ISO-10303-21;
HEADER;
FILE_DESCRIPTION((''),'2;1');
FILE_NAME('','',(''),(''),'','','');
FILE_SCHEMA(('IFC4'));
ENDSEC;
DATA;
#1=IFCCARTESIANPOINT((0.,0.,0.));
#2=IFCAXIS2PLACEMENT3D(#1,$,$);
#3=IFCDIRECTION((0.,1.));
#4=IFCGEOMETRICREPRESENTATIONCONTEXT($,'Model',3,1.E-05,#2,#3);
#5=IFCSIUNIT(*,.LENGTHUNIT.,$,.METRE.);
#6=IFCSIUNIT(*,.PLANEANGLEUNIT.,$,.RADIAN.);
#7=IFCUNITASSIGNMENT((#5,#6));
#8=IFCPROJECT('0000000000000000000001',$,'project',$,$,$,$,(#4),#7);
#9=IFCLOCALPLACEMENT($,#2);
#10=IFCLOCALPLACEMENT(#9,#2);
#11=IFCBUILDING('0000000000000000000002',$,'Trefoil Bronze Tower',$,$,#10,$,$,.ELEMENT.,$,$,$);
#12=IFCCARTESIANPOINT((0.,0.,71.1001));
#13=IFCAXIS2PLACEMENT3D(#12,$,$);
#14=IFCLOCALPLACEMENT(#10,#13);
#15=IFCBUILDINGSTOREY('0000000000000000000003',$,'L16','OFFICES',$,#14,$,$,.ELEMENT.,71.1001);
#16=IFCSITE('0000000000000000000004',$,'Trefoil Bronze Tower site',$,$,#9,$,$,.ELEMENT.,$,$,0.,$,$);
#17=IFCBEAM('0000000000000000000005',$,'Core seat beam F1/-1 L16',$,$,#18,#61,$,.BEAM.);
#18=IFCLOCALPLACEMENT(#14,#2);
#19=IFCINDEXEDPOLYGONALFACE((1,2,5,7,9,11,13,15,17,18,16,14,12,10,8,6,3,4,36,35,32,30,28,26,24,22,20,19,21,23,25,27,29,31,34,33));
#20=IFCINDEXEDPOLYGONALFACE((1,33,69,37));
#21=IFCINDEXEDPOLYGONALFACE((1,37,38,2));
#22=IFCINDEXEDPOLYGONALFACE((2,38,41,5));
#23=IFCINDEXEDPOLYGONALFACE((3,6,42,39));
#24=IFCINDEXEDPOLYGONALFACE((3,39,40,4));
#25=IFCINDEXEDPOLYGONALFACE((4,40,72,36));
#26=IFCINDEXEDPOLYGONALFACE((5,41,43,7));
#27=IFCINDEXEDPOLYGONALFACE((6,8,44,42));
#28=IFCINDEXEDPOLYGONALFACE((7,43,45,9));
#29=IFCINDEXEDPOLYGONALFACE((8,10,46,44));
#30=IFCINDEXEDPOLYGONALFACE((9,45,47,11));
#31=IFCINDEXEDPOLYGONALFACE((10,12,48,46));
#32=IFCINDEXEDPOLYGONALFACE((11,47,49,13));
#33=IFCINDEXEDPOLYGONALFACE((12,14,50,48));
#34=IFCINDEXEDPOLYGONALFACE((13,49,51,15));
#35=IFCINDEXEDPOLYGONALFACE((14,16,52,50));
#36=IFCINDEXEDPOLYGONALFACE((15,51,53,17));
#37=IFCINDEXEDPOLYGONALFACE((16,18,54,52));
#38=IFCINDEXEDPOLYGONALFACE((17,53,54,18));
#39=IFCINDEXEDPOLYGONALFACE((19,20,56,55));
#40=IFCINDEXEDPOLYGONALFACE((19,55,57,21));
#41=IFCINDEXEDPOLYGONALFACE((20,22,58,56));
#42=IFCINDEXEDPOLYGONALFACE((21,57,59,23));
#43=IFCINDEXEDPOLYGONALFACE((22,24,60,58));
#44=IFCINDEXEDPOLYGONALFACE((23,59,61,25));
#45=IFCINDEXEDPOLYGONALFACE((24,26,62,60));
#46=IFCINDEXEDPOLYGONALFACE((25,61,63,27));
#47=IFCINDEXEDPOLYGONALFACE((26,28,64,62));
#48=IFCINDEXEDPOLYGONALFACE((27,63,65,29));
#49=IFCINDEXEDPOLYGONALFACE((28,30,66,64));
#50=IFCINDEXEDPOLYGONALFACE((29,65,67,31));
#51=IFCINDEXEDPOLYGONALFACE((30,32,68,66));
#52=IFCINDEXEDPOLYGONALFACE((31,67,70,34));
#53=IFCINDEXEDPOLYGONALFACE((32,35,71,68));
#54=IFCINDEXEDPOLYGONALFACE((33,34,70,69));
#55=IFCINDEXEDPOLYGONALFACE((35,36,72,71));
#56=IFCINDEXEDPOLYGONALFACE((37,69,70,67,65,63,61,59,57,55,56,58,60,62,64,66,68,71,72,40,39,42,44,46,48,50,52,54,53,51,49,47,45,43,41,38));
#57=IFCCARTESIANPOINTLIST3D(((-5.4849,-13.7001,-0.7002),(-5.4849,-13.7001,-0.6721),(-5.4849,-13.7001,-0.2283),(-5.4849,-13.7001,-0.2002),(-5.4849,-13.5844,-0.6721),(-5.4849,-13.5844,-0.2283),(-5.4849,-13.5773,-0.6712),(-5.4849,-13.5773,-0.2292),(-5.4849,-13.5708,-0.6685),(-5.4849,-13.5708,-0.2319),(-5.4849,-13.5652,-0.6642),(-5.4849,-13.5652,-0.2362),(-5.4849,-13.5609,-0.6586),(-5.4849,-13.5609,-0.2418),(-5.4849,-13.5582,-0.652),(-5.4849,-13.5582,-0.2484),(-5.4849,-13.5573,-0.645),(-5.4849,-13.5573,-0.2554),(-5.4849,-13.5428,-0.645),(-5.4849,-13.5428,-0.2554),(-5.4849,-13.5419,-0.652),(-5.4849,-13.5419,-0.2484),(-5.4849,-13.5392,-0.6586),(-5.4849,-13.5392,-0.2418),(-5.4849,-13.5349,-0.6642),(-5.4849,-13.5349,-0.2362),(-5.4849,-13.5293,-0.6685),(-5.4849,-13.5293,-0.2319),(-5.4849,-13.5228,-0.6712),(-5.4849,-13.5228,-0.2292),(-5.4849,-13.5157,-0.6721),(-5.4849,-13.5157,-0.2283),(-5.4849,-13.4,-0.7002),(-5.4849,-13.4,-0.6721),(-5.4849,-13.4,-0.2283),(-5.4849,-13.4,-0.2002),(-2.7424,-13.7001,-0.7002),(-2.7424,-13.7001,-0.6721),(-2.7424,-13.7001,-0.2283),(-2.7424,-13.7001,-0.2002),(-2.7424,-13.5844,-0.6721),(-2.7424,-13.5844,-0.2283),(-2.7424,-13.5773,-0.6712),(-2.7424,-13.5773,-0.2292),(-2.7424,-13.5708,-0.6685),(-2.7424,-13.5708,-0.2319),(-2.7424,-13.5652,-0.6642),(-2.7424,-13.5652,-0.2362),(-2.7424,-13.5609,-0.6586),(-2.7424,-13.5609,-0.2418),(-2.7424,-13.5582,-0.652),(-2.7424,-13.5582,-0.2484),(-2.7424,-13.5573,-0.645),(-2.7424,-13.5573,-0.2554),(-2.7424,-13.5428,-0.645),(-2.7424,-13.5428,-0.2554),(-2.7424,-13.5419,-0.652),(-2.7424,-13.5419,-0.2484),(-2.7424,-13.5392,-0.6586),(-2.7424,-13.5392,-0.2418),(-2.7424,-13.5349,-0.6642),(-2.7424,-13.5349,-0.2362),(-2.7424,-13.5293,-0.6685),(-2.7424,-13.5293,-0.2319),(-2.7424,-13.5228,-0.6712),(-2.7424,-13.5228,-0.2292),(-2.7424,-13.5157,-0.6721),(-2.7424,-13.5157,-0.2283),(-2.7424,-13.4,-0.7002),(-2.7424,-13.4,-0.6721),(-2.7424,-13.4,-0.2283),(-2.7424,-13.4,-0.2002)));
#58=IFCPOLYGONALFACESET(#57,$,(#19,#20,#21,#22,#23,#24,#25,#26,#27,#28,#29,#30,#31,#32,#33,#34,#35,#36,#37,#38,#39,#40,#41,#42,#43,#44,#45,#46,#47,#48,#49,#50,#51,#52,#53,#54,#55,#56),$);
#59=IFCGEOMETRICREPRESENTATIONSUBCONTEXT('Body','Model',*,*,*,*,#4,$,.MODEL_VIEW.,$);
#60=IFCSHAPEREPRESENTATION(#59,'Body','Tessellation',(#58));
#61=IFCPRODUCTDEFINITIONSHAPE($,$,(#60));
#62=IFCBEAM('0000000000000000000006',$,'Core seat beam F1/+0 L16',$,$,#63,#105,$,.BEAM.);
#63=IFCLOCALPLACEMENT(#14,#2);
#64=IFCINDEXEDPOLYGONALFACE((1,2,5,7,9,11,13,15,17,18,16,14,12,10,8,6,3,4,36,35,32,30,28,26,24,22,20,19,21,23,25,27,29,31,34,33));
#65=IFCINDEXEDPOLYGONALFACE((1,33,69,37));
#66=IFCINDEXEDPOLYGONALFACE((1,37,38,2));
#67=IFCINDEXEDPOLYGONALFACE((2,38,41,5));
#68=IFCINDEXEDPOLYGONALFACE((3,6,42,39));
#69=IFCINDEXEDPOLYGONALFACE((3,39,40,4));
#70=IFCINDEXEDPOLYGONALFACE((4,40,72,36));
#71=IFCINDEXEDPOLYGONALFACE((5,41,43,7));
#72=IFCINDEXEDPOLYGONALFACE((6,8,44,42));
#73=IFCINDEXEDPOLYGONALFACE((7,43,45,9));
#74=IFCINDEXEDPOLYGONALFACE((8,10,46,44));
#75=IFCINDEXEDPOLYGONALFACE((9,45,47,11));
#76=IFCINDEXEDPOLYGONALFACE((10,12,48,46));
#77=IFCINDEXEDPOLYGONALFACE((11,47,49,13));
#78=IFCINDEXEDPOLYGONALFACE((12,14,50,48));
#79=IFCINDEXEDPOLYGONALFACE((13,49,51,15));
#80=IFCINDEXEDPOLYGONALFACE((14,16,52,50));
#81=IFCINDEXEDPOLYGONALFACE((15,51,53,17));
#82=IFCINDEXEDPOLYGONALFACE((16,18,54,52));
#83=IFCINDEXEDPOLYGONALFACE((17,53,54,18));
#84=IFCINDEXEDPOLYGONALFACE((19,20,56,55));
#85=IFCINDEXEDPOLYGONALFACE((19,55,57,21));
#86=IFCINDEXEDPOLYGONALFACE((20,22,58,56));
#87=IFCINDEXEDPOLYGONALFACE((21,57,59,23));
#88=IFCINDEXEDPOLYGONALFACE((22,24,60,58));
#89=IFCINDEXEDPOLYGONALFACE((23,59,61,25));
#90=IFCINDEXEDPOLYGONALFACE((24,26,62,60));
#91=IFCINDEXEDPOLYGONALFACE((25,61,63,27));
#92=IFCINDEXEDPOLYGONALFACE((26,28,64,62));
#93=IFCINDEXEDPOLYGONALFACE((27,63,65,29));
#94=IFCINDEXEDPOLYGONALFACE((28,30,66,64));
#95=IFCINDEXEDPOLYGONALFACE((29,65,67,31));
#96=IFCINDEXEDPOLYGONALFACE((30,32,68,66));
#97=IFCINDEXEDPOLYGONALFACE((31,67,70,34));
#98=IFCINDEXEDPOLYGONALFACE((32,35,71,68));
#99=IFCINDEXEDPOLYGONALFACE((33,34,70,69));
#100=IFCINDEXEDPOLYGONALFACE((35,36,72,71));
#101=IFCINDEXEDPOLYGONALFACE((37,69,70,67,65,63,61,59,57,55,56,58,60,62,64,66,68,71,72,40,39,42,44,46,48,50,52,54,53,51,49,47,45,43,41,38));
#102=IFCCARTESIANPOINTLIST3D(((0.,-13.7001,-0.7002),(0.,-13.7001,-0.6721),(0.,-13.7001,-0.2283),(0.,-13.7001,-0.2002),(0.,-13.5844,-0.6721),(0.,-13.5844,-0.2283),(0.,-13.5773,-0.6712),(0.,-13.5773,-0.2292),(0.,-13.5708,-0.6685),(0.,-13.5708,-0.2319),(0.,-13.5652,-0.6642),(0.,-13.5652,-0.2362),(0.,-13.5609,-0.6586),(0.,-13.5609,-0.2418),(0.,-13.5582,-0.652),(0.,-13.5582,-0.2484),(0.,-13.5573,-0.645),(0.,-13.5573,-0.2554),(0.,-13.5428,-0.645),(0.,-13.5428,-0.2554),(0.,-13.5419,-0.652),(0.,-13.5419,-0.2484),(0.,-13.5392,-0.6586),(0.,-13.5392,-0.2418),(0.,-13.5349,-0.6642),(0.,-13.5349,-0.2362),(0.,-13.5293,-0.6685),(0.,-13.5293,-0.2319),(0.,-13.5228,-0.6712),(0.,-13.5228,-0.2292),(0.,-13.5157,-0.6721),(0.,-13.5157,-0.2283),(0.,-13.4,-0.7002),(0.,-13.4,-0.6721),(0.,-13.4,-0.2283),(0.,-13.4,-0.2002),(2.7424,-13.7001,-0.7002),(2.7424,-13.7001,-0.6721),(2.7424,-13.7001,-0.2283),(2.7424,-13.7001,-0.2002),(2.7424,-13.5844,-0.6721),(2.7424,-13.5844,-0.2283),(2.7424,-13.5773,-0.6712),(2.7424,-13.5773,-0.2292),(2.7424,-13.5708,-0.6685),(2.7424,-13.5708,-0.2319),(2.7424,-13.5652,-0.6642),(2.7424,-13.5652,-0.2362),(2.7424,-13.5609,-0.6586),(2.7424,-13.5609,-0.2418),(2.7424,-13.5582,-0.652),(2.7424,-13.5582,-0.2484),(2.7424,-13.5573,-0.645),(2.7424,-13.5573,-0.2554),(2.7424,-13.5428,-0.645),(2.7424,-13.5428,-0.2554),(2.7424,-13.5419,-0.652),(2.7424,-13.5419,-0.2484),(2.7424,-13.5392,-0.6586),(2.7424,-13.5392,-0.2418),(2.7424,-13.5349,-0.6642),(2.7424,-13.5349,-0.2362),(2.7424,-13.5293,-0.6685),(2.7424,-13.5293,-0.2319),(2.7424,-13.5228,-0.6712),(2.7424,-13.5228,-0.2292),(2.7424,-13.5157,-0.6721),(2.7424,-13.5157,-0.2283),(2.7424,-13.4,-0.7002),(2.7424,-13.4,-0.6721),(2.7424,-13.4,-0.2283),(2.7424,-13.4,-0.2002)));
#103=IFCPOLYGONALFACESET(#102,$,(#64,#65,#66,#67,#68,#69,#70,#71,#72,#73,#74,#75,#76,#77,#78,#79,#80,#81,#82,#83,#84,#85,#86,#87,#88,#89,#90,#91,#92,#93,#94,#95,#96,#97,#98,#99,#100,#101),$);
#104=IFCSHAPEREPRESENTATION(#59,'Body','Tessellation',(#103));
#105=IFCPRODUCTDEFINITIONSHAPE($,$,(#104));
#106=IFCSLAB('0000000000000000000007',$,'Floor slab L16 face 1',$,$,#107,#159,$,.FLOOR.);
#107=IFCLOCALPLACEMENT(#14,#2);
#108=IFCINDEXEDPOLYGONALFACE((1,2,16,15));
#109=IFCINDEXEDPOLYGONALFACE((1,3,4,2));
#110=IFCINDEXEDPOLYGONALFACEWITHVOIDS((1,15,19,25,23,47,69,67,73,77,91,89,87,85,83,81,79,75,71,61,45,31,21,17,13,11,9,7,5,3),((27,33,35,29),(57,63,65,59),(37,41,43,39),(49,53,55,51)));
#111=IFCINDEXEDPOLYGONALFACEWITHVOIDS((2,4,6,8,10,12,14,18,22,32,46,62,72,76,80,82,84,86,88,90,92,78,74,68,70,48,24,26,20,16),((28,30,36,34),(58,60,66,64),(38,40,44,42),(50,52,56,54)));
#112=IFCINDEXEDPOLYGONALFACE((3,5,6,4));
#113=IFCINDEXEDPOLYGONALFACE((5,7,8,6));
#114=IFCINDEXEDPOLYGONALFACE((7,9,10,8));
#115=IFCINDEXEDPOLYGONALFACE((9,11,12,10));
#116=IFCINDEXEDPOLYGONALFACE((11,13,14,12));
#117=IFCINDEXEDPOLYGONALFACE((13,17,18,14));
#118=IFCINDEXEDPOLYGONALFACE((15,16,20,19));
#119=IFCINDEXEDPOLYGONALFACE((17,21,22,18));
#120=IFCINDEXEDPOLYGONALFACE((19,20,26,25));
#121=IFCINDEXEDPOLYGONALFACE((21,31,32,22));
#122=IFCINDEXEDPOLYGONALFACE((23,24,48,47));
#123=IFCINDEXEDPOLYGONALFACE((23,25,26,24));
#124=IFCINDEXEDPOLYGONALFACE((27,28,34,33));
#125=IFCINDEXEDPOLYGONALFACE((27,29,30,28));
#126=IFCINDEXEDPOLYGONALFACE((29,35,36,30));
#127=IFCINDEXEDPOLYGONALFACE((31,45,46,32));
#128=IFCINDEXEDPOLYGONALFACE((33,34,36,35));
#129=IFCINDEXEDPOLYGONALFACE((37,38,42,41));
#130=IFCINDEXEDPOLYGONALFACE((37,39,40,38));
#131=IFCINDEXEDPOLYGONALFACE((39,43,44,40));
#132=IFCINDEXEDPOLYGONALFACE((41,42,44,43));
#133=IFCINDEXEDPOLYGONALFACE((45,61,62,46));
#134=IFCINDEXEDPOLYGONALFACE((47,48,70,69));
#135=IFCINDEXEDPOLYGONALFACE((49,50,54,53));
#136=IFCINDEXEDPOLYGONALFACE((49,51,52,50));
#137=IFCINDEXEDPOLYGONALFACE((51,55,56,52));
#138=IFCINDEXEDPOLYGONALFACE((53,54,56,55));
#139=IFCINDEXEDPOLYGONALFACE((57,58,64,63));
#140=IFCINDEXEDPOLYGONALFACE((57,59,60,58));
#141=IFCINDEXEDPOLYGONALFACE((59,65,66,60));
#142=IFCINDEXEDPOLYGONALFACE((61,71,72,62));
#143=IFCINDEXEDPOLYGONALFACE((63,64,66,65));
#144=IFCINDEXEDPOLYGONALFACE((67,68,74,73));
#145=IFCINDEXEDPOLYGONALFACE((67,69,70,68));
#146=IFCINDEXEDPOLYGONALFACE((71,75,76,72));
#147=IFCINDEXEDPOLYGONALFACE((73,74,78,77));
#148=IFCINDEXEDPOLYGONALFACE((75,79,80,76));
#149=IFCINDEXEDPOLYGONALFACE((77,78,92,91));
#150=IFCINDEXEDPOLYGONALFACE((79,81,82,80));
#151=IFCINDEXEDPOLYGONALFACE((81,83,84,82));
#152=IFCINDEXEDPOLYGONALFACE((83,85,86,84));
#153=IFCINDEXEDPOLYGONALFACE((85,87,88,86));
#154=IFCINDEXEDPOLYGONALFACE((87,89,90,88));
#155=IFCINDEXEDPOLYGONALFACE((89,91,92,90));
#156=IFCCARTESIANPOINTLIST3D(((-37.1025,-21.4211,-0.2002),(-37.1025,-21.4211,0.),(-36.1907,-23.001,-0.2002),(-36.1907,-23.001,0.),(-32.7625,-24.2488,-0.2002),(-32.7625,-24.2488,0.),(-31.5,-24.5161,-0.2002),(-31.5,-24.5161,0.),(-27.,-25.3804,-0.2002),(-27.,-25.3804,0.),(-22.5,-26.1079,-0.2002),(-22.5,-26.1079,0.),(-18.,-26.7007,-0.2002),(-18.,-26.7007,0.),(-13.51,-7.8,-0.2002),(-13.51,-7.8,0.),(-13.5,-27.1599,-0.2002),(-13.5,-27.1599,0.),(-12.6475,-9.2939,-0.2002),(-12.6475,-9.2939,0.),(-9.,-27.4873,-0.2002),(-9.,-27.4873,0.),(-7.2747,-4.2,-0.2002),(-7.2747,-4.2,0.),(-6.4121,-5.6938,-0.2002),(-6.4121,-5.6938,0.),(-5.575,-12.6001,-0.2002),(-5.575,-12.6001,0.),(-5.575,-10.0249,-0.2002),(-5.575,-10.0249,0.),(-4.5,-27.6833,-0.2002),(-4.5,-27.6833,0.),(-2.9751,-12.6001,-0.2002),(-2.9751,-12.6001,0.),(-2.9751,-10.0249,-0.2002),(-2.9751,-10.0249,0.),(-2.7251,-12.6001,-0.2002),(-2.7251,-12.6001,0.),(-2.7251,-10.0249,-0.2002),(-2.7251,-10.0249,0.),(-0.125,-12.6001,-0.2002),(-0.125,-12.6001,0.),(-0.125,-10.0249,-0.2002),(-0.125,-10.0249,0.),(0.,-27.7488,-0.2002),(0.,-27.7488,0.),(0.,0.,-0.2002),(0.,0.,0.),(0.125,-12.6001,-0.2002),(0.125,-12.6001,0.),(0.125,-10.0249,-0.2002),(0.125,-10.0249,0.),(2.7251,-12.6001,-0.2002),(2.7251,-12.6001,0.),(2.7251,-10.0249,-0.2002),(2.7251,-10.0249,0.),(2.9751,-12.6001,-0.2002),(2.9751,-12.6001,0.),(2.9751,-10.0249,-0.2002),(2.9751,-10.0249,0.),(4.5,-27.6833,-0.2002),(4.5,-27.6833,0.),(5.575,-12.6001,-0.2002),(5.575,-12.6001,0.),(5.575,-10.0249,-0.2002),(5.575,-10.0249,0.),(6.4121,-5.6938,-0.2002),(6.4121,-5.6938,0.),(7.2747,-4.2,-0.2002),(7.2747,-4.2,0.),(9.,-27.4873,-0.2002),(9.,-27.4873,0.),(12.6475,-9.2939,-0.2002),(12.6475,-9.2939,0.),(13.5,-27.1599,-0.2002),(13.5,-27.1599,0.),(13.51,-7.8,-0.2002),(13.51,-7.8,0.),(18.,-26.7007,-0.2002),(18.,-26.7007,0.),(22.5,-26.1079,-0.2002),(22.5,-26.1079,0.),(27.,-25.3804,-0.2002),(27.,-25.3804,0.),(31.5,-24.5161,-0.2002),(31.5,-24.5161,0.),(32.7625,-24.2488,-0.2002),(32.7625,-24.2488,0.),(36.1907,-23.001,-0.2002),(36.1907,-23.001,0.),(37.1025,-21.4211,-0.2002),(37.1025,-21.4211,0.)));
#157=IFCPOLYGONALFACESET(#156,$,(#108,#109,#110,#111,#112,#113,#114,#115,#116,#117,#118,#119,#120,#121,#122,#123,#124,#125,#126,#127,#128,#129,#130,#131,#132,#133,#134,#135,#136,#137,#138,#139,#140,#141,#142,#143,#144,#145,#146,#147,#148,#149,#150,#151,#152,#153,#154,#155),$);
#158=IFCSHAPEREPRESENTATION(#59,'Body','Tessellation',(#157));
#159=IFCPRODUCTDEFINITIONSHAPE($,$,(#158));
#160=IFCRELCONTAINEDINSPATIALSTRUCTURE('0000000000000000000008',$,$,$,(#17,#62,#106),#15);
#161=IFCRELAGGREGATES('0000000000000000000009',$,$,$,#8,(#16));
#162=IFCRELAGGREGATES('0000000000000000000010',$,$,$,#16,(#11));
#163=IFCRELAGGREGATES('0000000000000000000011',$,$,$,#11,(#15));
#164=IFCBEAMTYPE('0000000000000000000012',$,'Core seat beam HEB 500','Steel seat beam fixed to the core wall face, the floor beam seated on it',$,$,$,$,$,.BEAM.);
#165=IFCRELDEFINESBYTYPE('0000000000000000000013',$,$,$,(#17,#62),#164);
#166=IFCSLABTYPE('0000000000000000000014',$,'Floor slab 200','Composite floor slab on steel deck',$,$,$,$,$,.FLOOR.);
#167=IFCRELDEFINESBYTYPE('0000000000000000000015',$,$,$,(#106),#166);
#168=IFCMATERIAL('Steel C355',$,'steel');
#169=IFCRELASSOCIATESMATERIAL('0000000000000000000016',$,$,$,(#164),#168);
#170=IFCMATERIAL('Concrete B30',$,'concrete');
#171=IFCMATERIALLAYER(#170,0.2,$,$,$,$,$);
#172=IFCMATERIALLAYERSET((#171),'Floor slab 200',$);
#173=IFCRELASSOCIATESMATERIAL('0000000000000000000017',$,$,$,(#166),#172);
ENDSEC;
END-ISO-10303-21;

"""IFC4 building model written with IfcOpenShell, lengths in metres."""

from ifc_helpers import new_model, si_unit, direction, frame, origin, origin_2d, place, context, subcontext, project, spatial, polyline, i_section, outline, extrude, material, layer, layer_set, material_profile, profile_set, type_object, element, save


model = new_model("IFC4")

# Units and contexts
model_context = context("Model", 3, precision=1e-05, world=origin(), true_north=direction((0.0, 1.0)))
body_context = subcontext(model_context, "Body", "Model", "MODEL_VIEW")
ifc_project = project(units=[si_unit("LENGTHUNIT", "METRE"), si_unit("PLANEANGLEUNIT", "RADIAN")], contexts=[model_context])

# Site, building, storey
site_placement = place(None, origin())
site = spatial("IfcSite", under=ifc_project, at=site_placement, Name="Trefoil Bronze Tower site", CompositionType="ELEMENT", RefElevation=0.0)
building_placement = place(site_placement, origin())
building = spatial("IfcBuilding", under=site, at=building_placement, Name="Trefoil Bronze Tower", CompositionType="ELEMENT")
storey_placement = place(building_placement, frame((0.0, 0.0, 71.1001)))
storey = spatial("IfcBuildingStorey", under=building, at=storey_placement, Name="L16", Description="OFFICES", CompositionType="ELEMENT", Elevation=71.1001)

# Beams
ifc_material_1 = material(Name="Steel C355", Category="steel")
ifc_material_profile = material_profile(ifc_material_1, i_section(OverallWidth=0.3, OverallDepth=0.5, WebThickness=0.0144, FlangeThickness=0.0281, FilletRadius=0.0271, at=origin_2d()), Name="HEB 500")
ifc_profile_set = profile_set([ifc_material_profile], Name="Steel C355")
beam_type = type_object("IfcBeamType", Name="Core seat beam HEB 500", Description="Steel seat beam fixed to the core wall face, the floor beam seated on it", PredefinedType="BEAM", material=ifc_profile_set)
for number, where, z_axis, x_axis, name in (
    (1, (-5.4849, -13.55, -0.4502), (1.0, 0.0, 0.0), (0.0, 1.0, 0.0), "Core seat beam F1/-1 L16"),
    (2, (0.0, -13.55, -0.4502), (1.0, 0.0, 0.0), (0.0, 1.0, 0.0), "Core seat beam F1/+0 L16"),
):
    element("IfcBeam", number, at=place(storey_placement, frame(where, z_axis=z_axis, x_axis=x_axis)), inside=storey, type_object=beam_type, Name=name, PredefinedType="BEAM", context=body_context, shape_type="SweptSolid", body=[
        extrude(i_section(OverallWidth=0.3, OverallDepth=0.5, WebThickness=0.0144, FlangeThickness=0.0281, FilletRadius=0.0271, at=origin_2d()), origin(), (0.0, 0.0, 1.0), 2.7424),
    ])

# Slab
ifc_material_2 = material(Name="Concrete B30", Category="concrete")
ifc_layer_1 = layer(ifc_material_2, 0.2)
ifc_layer_set_1 = layer_set([ifc_layer_1], Name="Floor slab 200")
slab_type = type_object("IfcSlabType", Name="Floor slab 200", Description="Composite floor slab on steel deck", PredefinedType="FLOOR", material=ifc_layer_set_1)
slab_1_placement = place(storey_placement, frame((0.0, 0.0, -0.2002)))
element("IfcSlab", 3, at=slab_1_placement, inside=storey, type_object=slab_type, Name="Floor slab L16 face 1", PredefinedType="FLOOR", context=body_context, shape_type="SweptSolid", body=[
    extrude(outline(polyline([(27.0, -25.3804), (22.5, -26.1079), (18.0, -26.7007), (13.5, -27.1599), (9.0, -27.4873), (4.5, -27.6833), (0.0, -27.7488), (-4.5, -27.6833), (-9.0, -27.4873), (-13.5, -27.1599), (-18.0, -26.7007), (-22.5, -26.1079), (-27.0, -25.3804), (-31.5, -24.5161), (-32.7625, -24.2488), (-36.1907, -23.001), (-37.1025, -21.4211), (-13.51, -7.8), (-12.6475, -9.2939), (-6.4121, -5.6938), (-7.2747, -4.2), (0.0, 0.0), (7.2747, -4.2), (6.4121, -5.6938), (12.6475, -9.2939), (13.51, -7.8), (37.1025, -21.4211), (36.1907, -23.001), (32.7625, -24.2488), (31.5, -24.5161), (27.0, -25.3804)]), holes=[polyline([(-5.575, -10.0249), (-2.9751, -10.0249), (-2.9751, -12.6001), (-5.575, -12.6001), (-5.575, -10.0249)]), polyline([(-2.7251, -10.0249), (-0.125, -10.0249), (-0.125, -12.6001), (-2.7251, -12.6001), (-2.7251, -10.0249)]), polyline([(0.125, -10.0249), (2.7251, -10.0249), (2.7251, -12.6001), (0.125, -12.6001), (0.125, -10.0249)]), polyline([(2.9751, -10.0249), (5.575, -10.0249), (5.575, -12.6001), (2.9751, -12.6001), (2.9751, -10.0249)])]), origin(), (0.0, 0.0, 1.0), 0.2002),
])

save(model, "model.ifc")
